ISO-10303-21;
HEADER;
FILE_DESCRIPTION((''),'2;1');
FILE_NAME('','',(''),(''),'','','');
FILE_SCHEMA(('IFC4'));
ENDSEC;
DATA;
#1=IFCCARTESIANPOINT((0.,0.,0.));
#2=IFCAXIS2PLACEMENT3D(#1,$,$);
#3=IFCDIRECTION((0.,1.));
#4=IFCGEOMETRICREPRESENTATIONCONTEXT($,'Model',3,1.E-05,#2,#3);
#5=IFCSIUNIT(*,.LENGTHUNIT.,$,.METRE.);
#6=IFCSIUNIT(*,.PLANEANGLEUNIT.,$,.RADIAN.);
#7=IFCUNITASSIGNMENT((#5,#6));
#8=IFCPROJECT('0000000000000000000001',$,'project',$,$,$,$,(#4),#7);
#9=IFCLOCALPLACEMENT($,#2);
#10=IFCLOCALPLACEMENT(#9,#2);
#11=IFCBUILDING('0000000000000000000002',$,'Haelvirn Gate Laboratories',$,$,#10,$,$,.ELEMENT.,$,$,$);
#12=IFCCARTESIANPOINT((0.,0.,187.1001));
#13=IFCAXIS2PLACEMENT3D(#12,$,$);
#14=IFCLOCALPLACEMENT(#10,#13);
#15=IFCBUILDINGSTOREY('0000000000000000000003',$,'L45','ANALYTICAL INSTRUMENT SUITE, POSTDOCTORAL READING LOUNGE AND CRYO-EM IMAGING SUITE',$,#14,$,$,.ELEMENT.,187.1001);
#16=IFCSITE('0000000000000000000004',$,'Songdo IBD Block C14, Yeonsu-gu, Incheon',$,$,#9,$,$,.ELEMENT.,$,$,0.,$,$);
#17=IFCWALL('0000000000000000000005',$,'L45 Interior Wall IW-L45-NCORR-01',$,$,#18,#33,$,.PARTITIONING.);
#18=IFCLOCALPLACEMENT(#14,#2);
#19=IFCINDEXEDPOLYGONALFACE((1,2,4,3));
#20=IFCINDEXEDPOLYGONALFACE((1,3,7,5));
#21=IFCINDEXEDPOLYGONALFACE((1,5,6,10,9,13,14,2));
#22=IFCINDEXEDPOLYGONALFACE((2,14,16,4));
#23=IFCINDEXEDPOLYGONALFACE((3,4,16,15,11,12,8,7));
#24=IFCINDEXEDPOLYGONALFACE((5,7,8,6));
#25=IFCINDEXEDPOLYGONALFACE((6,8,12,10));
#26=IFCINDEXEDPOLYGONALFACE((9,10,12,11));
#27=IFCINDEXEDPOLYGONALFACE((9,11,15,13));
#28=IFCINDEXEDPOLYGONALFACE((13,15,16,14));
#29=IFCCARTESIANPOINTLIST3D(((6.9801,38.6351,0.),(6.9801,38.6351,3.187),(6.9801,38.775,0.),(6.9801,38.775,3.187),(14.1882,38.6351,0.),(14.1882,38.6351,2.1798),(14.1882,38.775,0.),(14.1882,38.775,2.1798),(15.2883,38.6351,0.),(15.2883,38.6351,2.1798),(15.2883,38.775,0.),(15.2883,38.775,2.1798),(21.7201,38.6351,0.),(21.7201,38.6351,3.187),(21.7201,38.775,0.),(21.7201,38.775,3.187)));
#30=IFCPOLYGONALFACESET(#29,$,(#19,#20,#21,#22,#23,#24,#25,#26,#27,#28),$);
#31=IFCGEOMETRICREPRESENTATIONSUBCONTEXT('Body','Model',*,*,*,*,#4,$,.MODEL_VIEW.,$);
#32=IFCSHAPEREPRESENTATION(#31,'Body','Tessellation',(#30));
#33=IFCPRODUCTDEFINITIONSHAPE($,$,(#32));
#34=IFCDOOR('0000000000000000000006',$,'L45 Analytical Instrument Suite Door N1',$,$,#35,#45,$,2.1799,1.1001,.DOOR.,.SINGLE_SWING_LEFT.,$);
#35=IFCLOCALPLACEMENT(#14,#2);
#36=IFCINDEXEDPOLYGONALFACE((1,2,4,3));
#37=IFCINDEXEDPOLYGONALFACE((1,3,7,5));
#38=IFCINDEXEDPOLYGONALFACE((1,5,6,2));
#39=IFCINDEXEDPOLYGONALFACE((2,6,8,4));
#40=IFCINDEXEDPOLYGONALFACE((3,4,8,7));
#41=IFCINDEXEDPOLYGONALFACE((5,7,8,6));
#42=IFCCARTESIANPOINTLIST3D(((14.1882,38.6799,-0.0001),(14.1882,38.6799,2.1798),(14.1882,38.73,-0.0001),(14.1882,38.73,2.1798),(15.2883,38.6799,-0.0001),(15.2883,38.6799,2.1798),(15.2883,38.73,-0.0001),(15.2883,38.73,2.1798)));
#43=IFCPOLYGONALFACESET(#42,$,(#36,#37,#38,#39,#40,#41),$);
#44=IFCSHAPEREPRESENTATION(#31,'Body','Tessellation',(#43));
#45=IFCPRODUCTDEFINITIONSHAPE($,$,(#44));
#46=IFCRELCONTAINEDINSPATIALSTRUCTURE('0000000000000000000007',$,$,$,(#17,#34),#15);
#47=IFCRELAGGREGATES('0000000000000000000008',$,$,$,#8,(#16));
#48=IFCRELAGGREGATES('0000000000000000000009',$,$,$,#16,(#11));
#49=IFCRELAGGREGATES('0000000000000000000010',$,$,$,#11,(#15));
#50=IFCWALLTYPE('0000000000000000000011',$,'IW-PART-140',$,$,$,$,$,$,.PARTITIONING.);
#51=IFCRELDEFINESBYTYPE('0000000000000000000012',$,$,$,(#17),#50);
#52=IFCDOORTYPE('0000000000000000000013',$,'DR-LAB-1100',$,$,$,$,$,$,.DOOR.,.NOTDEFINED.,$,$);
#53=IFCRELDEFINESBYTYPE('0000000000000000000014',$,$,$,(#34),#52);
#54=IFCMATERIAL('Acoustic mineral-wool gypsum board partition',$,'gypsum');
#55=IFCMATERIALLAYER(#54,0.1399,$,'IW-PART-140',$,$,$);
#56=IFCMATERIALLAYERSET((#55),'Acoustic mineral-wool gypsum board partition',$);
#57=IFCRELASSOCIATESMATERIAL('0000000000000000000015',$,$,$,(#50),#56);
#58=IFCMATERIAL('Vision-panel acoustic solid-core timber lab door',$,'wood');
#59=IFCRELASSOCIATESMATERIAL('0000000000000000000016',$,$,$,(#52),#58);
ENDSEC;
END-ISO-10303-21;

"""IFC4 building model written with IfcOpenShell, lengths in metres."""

from ifc_helpers import new_model, si_unit, direction, frame, frame_2d, origin, place, context, subcontext, project, spatial, rectangle, extrude, source, transform, mapped, material, layer, layer_set, type_object, type_shapes, element, fill, save


model = new_model("IFC4")

# Units and contexts
model_context = context("Model", 3, precision=1e-05, world=origin(), true_north=direction((0.0, 1.0)))
body_context = subcontext(model_context, "Body", "Model", "MODEL_VIEW")
ifc_project = project(units=[si_unit("LENGTHUNIT", "METRE"), si_unit("PLANEANGLEUNIT", "RADIAN")], contexts=[model_context])

# Site, building, storey
site_placement = place(None, origin())
site = spatial("IfcSite", under=ifc_project, at=site_placement, Name="Songdo IBD Block C14, Yeonsu-gu, Incheon", CompositionType="ELEMENT", RefElevation=0.0)
building_placement = place(site_placement, origin())
building = spatial("IfcBuilding", under=site, at=building_placement, Name="Haelvirn Gate Laboratories", CompositionType="ELEMENT")
storey_placement = place(building_placement, frame((0.0, 0.0, 187.1001)))
storey = spatial("IfcBuildingStorey", under=building, at=storey_placement, Name="L45", Description="ANALYTICAL INSTRUMENT SUITE, POSTDOCTORAL READING LOUNGE AND CRYO-EM IMAGING SUITE", CompositionType="ELEMENT", Elevation=187.1001)

# Wall, opening, door
ifc_material_1 = material(Name="Acoustic mineral-wool gypsum board partition", Category="gypsum")
ifc_layer_1 = layer(ifc_material_1, 0.1399, Name="IW-PART-140")
ifc_layer_set_1 = layer_set([ifc_layer_1], Name="Acoustic mineral-wool gypsum board partition")
wall_type_1 = type_object("IfcWallType", Name="IW-PART-140", PredefinedType="PARTITIONING", material=ifc_layer_set_1)
wall_1_placement = place(storey_placement, frame((6.98, 38.7051, 0.0), z_axis=(0.0, 0.0, 1.0), x_axis=(1.0, 0.0, 0.0)))
wall_1 = element("IfcWall", 1, at=wall_1_placement, inside=storey, type_object=wall_type_1, Name="L45 Interior Wall IW-L45-NCORR-01", PredefinedType="PARTITIONING", context=body_context, shape_type="SweptSolid", body=[
    extrude(rectangle(XDim=14.74, YDim=0.1399, at=frame_2d((7.3701, 0.0))), origin(), (0.0, 0.0, 1.0), 3.187),
])
opening_placement = place(wall_1_placement, frame((7.2083, 0.0, 0.0)))
opening = element("IfcOpeningElement", 2, at=opening_placement, cuts=wall_1, PredefinedType="OPENING", context=body_context, shape_type="SweptSolid", body=[
    extrude(rectangle(XDim=1.1001, YDim=2.1799, at=frame_2d((0.55, 1.0898))), frame((0.0, 0.0801, 0.0), z_axis=(0.0, -1.0, 0.0), x_axis=(1.0, 0.0, 0.0)), (0.0, 0.0, 1.0), 0.1599),
])
ifc_material_2 = material(Name="Vision-panel acoustic solid-core timber lab door", Category="wood")
door_type = type_object("IfcDoorType", Name="DR-LAB-1100", OperationType="NOTDEFINED", PredefinedType="DOOR", material=ifc_material_2)
shared_shape_1 = source(origin(), body_context, "Body", "SweptSolid", [
    extrude(rectangle(XDim=1.1001, YDim=2.1799, at=frame_2d((0.55, 1.0898))), frame((0.0, 0.0249, 0.0), z_axis=(0.0, -1.0, 0.0), x_axis=(1.0, 0.0, 0.0)), (0.0, 0.0, 1.0), 0.05),
])
type_shapes(door_type, [shared_shape_1])
door_placement = place(opening_placement, origin())
door = element("IfcDoor", 3, at=door_placement, inside=storey, type_object=door_type, Name="L45 Analytical Instrument Suite Door N1", OperationType="SINGLE_SWING_LEFT", OverallHeight=2.1799, OverallWidth=1.1001, PredefinedType="DOOR", context=body_context, shape_type="MappedRepresentation", body=[
    mapped(shared_shape_1, transform((0.0, 0.0, 0.0), scale=1.0)),
])
fill(opening, door)

save(model, "model.ifc")
